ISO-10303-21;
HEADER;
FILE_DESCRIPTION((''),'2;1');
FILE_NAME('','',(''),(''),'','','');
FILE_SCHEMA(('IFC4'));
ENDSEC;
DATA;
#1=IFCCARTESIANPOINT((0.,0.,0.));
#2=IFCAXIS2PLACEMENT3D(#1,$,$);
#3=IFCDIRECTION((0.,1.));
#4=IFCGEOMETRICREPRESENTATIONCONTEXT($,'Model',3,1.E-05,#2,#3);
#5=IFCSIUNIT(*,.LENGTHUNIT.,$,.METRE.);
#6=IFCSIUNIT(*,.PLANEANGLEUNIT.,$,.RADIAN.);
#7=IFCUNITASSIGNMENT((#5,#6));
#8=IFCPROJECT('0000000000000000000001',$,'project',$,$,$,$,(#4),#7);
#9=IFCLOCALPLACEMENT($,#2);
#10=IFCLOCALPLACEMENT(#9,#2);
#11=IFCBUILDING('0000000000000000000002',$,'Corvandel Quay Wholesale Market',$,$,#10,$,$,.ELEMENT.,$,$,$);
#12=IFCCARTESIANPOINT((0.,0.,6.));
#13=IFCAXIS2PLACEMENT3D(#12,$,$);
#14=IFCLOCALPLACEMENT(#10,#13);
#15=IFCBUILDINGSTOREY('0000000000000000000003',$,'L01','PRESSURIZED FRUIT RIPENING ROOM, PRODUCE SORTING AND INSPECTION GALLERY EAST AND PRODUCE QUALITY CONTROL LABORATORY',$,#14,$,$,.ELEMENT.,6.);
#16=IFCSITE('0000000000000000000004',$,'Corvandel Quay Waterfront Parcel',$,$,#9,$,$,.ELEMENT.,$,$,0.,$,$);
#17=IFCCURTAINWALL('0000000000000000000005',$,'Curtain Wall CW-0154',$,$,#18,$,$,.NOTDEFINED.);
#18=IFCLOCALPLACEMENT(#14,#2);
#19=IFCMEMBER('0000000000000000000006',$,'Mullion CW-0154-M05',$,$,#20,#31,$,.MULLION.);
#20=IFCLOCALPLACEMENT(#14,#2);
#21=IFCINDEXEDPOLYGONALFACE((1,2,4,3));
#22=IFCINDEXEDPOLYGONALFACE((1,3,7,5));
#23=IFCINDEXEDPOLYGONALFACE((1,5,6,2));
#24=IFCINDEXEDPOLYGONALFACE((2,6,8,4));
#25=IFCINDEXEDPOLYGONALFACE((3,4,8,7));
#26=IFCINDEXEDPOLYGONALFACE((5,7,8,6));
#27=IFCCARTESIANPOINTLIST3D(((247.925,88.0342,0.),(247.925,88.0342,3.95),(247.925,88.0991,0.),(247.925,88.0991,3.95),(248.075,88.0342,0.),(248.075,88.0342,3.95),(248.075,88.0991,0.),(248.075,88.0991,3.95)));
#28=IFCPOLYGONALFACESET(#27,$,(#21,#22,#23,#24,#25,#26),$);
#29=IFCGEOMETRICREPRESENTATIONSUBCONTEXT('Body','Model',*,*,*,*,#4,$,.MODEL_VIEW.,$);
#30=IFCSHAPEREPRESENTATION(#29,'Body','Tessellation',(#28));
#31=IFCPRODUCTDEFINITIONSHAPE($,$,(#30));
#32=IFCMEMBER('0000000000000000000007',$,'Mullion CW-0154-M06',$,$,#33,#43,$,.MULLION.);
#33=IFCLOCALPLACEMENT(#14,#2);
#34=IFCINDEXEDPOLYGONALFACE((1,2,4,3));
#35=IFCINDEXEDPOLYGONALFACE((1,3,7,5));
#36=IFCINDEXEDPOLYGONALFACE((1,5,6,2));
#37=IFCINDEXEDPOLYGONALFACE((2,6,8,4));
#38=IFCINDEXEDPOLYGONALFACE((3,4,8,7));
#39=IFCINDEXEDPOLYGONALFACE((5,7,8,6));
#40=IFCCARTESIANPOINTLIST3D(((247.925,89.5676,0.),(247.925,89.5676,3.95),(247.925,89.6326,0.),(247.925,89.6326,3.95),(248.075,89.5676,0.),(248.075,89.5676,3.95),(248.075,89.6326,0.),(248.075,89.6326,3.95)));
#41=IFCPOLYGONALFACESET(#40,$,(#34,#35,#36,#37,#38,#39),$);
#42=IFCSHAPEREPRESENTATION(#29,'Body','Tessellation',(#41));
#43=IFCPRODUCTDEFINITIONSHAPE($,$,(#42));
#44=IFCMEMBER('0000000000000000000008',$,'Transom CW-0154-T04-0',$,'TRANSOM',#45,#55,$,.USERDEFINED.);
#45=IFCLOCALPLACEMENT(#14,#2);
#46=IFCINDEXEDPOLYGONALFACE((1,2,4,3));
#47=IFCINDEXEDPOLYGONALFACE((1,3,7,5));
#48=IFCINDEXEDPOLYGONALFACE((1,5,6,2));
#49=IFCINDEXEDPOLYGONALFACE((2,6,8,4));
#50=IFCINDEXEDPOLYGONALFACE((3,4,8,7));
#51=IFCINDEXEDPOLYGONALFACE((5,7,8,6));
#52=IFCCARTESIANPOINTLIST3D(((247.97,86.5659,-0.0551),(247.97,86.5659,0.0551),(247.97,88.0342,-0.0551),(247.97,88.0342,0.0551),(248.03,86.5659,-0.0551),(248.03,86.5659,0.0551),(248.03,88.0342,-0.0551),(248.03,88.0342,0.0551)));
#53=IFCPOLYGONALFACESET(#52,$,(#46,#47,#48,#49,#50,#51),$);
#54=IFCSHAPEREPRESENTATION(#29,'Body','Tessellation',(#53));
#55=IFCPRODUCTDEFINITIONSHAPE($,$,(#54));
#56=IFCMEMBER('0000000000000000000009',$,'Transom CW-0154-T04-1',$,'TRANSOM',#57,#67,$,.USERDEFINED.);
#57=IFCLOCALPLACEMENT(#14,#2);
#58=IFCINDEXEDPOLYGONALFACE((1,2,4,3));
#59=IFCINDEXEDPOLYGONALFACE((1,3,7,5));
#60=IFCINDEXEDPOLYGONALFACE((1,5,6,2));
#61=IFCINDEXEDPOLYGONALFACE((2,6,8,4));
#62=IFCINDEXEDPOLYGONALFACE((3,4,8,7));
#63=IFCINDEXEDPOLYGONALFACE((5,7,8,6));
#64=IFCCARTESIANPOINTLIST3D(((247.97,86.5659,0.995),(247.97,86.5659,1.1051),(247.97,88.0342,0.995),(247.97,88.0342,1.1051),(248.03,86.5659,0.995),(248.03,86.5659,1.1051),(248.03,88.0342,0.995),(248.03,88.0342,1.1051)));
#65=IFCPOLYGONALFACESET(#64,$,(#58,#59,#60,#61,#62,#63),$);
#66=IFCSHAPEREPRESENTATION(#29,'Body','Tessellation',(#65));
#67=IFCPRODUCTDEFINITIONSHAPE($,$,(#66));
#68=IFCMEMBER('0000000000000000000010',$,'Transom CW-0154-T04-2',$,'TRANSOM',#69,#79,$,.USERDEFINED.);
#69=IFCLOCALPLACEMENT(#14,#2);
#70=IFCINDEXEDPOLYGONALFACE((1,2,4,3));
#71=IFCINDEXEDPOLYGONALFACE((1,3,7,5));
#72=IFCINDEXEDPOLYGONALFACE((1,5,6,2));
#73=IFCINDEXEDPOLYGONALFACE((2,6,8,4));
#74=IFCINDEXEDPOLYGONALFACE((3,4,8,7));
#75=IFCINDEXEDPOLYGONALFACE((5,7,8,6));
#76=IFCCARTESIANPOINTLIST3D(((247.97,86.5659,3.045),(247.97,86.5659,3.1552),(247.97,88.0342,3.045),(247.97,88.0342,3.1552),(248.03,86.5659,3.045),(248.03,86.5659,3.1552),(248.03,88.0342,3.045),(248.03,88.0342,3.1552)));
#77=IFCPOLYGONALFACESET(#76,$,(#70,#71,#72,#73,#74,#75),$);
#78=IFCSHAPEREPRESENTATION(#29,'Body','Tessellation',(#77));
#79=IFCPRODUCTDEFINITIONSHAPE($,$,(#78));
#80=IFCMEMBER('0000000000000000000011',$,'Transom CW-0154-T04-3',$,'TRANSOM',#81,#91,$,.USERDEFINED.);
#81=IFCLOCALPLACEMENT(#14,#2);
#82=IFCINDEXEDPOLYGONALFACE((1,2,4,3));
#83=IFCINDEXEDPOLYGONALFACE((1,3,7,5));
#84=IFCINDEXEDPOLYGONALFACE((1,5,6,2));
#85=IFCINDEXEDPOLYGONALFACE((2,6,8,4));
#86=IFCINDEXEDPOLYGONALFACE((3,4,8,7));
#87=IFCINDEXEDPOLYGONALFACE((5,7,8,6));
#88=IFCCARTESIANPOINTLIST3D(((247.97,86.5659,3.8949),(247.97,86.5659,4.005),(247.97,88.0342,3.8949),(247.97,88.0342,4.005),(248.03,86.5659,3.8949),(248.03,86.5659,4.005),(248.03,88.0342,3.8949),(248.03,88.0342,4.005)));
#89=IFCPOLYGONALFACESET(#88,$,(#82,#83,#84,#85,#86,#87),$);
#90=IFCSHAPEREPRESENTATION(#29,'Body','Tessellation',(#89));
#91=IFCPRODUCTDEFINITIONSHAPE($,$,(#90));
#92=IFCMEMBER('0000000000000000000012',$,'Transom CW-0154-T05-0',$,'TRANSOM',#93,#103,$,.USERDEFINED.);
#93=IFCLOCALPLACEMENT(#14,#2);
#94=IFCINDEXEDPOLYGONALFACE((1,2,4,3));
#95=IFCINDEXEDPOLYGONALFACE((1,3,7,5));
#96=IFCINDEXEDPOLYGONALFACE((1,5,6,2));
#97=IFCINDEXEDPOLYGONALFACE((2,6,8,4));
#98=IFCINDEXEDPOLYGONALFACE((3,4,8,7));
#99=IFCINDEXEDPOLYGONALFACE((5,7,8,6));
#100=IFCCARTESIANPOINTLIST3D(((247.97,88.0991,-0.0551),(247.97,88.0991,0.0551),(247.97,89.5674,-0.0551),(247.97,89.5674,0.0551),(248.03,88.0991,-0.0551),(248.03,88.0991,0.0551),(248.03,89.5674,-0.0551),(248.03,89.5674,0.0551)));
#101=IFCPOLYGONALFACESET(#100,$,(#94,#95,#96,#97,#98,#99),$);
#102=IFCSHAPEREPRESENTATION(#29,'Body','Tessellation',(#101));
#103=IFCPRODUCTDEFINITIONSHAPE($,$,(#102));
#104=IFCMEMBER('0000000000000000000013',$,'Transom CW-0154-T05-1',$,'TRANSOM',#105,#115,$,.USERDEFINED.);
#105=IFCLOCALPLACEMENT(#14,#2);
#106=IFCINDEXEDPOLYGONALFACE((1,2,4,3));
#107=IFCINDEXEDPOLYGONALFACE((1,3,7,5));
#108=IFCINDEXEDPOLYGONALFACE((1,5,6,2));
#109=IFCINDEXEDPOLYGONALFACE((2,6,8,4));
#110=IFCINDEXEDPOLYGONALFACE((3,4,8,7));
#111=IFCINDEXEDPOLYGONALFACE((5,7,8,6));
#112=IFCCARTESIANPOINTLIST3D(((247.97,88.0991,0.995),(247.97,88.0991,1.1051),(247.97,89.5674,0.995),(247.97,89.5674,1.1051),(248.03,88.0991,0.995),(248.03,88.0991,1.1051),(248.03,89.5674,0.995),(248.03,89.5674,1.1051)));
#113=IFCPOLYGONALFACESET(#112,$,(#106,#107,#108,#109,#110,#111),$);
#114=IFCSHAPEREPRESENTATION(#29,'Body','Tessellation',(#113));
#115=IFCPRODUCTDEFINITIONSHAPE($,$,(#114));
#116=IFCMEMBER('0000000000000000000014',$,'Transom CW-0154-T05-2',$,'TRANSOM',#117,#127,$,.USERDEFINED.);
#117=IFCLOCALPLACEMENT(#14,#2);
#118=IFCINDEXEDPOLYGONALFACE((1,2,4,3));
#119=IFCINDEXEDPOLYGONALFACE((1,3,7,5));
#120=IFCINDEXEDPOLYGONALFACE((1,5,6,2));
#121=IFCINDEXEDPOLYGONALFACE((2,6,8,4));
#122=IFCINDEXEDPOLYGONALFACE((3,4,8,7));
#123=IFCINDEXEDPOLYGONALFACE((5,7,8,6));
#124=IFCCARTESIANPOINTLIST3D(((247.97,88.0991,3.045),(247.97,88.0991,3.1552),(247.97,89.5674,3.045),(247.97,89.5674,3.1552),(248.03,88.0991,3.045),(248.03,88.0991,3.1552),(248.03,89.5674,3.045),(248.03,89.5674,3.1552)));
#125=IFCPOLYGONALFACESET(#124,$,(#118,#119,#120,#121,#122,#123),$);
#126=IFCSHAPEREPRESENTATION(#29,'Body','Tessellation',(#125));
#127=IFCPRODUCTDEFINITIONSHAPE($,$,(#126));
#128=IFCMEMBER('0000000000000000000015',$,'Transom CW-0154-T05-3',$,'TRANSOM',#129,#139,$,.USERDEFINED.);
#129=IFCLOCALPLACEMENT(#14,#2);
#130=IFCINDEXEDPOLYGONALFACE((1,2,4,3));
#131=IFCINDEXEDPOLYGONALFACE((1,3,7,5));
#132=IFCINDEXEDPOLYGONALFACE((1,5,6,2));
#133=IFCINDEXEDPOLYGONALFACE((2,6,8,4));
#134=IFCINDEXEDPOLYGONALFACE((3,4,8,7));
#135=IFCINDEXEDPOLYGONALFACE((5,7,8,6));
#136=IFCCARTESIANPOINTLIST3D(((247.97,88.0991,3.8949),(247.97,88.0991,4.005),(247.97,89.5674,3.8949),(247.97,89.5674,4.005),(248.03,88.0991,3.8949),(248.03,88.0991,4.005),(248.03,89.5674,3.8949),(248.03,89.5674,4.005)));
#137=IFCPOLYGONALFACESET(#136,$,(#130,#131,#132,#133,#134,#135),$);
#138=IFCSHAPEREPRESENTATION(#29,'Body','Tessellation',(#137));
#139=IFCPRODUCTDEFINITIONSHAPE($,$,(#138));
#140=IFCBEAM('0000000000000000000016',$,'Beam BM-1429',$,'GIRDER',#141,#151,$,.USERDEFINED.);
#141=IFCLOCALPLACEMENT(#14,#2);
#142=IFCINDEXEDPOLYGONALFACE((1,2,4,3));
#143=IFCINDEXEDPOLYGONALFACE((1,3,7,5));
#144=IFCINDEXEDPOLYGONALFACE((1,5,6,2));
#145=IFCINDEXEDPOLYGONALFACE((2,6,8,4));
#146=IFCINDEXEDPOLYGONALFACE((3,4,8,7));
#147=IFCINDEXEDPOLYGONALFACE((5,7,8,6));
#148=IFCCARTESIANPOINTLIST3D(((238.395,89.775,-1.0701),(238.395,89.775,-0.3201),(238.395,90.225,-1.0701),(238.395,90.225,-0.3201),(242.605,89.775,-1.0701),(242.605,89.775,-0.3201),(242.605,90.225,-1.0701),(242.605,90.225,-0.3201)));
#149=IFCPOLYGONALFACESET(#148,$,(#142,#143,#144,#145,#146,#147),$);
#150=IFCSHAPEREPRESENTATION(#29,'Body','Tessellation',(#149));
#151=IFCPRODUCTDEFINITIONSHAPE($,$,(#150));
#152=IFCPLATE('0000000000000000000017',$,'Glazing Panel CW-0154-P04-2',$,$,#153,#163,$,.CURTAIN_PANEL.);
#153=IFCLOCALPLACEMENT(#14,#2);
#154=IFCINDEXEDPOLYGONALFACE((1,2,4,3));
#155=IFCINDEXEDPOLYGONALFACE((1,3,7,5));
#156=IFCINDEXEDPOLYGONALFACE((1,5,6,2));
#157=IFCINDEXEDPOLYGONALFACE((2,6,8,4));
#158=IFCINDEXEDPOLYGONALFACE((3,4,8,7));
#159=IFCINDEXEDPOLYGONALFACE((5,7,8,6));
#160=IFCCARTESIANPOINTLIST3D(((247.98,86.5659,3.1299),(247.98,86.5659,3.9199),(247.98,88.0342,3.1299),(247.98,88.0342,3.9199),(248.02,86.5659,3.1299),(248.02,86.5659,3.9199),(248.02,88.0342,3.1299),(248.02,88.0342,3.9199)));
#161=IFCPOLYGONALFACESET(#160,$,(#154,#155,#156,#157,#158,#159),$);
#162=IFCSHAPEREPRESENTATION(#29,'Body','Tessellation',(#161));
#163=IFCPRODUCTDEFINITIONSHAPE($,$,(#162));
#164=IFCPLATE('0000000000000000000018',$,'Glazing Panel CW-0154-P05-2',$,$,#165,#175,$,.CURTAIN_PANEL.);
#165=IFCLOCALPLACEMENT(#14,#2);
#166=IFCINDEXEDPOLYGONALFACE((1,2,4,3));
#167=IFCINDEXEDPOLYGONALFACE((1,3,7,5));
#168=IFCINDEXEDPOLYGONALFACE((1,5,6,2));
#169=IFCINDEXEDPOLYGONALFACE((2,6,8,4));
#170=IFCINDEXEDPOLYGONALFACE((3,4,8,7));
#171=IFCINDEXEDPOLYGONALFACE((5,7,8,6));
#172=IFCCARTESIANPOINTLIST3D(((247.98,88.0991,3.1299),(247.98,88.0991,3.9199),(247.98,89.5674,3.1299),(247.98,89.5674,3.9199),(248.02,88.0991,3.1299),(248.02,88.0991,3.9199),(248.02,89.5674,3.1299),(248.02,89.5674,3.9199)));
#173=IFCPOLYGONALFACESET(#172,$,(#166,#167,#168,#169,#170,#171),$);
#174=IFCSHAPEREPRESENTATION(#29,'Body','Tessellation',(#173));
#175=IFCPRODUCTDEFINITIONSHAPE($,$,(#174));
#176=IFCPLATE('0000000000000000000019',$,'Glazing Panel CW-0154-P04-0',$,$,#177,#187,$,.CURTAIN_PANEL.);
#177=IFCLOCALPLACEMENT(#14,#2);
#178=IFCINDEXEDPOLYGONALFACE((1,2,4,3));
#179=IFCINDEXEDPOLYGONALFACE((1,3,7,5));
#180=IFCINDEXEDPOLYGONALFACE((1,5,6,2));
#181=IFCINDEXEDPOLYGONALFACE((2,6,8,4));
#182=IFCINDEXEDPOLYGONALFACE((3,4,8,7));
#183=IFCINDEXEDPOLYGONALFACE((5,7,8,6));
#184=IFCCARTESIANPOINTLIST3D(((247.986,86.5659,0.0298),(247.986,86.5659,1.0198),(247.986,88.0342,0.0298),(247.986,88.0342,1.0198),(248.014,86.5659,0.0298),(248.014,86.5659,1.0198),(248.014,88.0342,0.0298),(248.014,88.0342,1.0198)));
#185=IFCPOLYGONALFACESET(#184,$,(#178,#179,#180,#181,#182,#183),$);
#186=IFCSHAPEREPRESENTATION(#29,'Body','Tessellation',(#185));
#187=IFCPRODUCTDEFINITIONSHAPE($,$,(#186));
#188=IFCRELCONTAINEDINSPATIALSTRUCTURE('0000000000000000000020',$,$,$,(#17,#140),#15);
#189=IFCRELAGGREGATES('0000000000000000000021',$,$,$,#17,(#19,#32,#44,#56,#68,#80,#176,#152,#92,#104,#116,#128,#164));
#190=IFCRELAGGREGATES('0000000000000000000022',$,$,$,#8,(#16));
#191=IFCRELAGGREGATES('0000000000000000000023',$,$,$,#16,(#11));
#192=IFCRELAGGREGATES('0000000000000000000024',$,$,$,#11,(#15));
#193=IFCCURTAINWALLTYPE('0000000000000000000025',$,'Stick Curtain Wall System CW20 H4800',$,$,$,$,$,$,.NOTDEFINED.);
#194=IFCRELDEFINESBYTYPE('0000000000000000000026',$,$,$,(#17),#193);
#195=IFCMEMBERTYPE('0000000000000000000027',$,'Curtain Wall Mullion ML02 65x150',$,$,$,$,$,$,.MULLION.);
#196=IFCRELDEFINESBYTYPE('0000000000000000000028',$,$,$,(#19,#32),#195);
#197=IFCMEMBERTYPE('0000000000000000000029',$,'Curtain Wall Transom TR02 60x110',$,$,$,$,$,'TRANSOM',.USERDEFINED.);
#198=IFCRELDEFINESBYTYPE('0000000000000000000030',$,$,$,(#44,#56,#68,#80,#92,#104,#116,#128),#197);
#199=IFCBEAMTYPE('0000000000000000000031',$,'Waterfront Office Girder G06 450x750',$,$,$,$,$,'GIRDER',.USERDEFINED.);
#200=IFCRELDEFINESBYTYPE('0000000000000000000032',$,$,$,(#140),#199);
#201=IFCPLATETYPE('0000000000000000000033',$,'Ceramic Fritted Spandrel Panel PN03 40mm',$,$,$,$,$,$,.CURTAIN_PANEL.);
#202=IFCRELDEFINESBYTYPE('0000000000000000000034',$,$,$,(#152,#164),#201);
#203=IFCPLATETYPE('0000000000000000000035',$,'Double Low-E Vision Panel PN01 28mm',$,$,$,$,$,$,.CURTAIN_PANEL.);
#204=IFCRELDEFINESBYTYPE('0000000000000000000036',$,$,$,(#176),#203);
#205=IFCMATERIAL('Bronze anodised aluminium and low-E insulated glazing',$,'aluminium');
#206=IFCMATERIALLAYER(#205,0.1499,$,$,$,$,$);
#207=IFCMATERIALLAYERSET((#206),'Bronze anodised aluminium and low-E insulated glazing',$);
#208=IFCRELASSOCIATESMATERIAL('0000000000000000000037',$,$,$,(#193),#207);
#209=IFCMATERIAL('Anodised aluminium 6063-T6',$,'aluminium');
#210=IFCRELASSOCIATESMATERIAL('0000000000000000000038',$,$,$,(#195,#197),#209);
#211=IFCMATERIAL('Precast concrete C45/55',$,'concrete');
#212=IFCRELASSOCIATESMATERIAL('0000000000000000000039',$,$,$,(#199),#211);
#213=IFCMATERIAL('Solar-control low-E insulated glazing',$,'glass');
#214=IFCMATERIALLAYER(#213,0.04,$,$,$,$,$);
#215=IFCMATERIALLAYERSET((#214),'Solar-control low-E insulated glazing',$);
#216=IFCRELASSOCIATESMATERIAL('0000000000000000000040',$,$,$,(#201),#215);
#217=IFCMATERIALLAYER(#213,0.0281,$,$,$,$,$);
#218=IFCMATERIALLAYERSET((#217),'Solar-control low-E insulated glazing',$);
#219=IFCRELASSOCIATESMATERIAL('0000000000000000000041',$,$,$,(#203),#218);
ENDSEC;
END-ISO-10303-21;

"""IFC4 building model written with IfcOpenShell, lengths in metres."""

from ifc_helpers import new_model, si_unit, direction, frame, origin, origin_2d, place, context, subcontext, project, spatial, rectangle, extrude, material, layer, layer_set, material_profile, profile_set, type_object, element, aggregate, save


model = new_model("IFC4")

# Units and contexts
model_context = context("Model", 3, precision=1e-05, world=origin(), true_north=direction((0.0, 1.0)))
body_context = subcontext(model_context, "Body", "Model", "MODEL_VIEW")
ifc_project = project(units=[si_unit("LENGTHUNIT", "METRE"), si_unit("PLANEANGLEUNIT", "RADIAN")], contexts=[model_context])

# Site, building, storey
site_placement = place(None, origin())
site = spatial("IfcSite", under=ifc_project, at=site_placement, Name="Corvandel Quay Waterfront Parcel", CompositionType="ELEMENT", RefElevation=0.0)
building_placement = place(site_placement, origin())
building = spatial("IfcBuilding", under=site, at=building_placement, Name="Corvandel Quay Wholesale Market", CompositionType="ELEMENT")
storey_placement = place(building_placement, frame((0.0, 0.0, 6.0)))
storey = spatial("IfcBuildingStorey", under=building, at=storey_placement, Name="L01", Description="PRESSURIZED FRUIT RIPENING ROOM, PRODUCE SORTING AND INSPECTION GALLERY EAST AND PRODUCE QUALITY CONTROL LABORATORY", CompositionType="ELEMENT", Elevation=6.0)

# Curtain wall, members
ifc_material_1 = material(Name="Bronze anodised aluminium and low-E insulated glazing", Category="aluminium")
ifc_layer_1 = layer(ifc_material_1, 0.1499)
ifc_layer_set_1 = layer_set([ifc_layer_1], Name="Bronze anodised aluminium and low-E insulated glazing")
curtain_wall_type = type_object("IfcCurtainWallType", Name="Stick Curtain Wall System CW20 H4800", PredefinedType="NOTDEFINED", material=ifc_layer_set_1)
curtain_wall_placement = place(storey_placement, origin())
curtain_wall = element("IfcCurtainWall", 1, at=curtain_wall_placement, inside=storey, type_object=curtain_wall_type, Name="Curtain Wall CW-0154", PredefinedType="NOTDEFINED")
ifc_material_2 = material(Name="Anodised aluminium 6063-T6", Category="aluminium")
ifc_material_profile_1 = material_profile(ifc_material_2, rectangle(XDim=0.0649, YDim=0.1499, at=origin_2d()), Name="ALU-MUL-65x150")
ifc_profile_set_1 = profile_set([ifc_material_profile_1], Name="Anodised aluminium 6063-T6")
member_type_1 = type_object("IfcMemberType", Name="Curtain Wall Mullion ML02 65x150", PredefinedType="MULLION", material=ifc_profile_set_1)
member_1_placement = place(storey_placement, frame((248.0, 88.0667, 0.0), z_axis=(0.0, 0.0, 1.0), x_axis=(0.0, 1.0, 0.0)))
member_1 = element("IfcMember", 2, at=member_1_placement, type_object=member_type_1, Name="Mullion CW-0154-M05", PredefinedType="MULLION", context=body_context, shape_type="SweptSolid", body=[
    extrude(rectangle(XDim=0.0649, YDim=0.1499, at=origin_2d()), origin(), (0.0, 0.0, 1.0), 3.95),
])
member_2_placement = place(storey_placement, frame((248.0, 89.6001, 0.0), z_axis=(0.0, 0.0, 1.0), x_axis=(0.0, 1.0, 0.0)))
member_2 = element("IfcMember", 3, at=member_2_placement, type_object=member_type_1, Name="Mullion CW-0154-M06", PredefinedType="MULLION", context=body_context, shape_type="SweptSolid", body=[
    extrude(rectangle(XDim=0.0649, YDim=0.1499, at=origin_2d()), origin(), (0.0, 0.0, 1.0), 3.95),
])
ifc_material_profile_2 = material_profile(ifc_material_2, rectangle(XDim=0.0601, YDim=0.1101, at=origin_2d()), Name="ALU-TRN-60x110")
ifc_profile_set_2 = profile_set([ifc_material_profile_2], Name="Anodised aluminium 6063-T6")
member_type_2 = type_object("IfcMemberType", Name="Curtain Wall Transom TR02 60x110", ElementType="TRANSOM", PredefinedType="USERDEFINED", material=ifc_profile_set_2)
member_3_placement = place(storey_placement, frame((248.0, 86.5659, 0.0), z_axis=(0.0, 1.0, 0.0), x_axis=(-1.0, 0.0, 0.0)))
member_3 = element("IfcMember", 4, at=member_3_placement, type_object=member_type_2, Name="Transom CW-0154-T04-0", ObjectType="TRANSOM", PredefinedType="USERDEFINED", context=body_context, shape_type="SweptSolid", body=[
    extrude(rectangle(XDim=0.0601, YDim=0.1101, at=origin_2d()), origin(), (0.0, 0.0, 1.0), 1.4683),
])
member_4_placement = place(storey_placement, frame((248.0, 86.5659, 1.05), z_axis=(0.0, 1.0, 0.0), x_axis=(-1.0, 0.0, 0.0)))
member_4 = element("IfcMember", 5, at=member_4_placement, type_object=member_type_2, Name="Transom CW-0154-T04-1", ObjectType="TRANSOM", PredefinedType="USERDEFINED", context=body_context, shape_type="SweptSolid", body=[
    extrude(rectangle(XDim=0.0601, YDim=0.1101, at=origin_2d()), origin(), (0.0, 0.0, 1.0), 1.4683),
])
member_5_placement = place(storey_placement, frame((248.0, 86.5659, 3.1001), z_axis=(0.0, 1.0, 0.0), x_axis=(-1.0, 0.0, 0.0)))
member_5 = element("IfcMember", 6, at=member_5_placement, type_object=member_type_2, Name="Transom CW-0154-T04-2", ObjectType="TRANSOM", PredefinedType="USERDEFINED", context=body_context, shape_type="SweptSolid", body=[
    extrude(rectangle(XDim=0.0601, YDim=0.1101, at=origin_2d()), origin(), (0.0, 0.0, 1.0), 1.4683),
])
member_6_placement = place(storey_placement, frame((248.0, 86.5659, 3.95), z_axis=(0.0, 1.0, 0.0), x_axis=(-1.0, 0.0, 0.0)))
member_6 = element("IfcMember", 7, at=member_6_placement, type_object=member_type_2, Name="Transom CW-0154-T04-3", ObjectType="TRANSOM", PredefinedType="USERDEFINED", context=body_context, shape_type="SweptSolid", body=[
    extrude(rectangle(XDim=0.0601, YDim=0.1101, at=origin_2d()), origin(), (0.0, 0.0, 1.0), 1.4683),
])
member_7_placement = place(storey_placement, frame((248.0, 88.0991, 0.0), z_axis=(0.0, 1.0, 0.0), x_axis=(-1.0, 0.0, 0.0)))
member_7 = element("IfcMember", 8, at=member_7_placement, type_object=member_type_2, Name="Transom CW-0154-T05-0", ObjectType="TRANSOM", PredefinedType="USERDEFINED", context=body_context, shape_type="SweptSolid", body=[
    extrude(rectangle(XDim=0.0601, YDim=0.1101, at=origin_2d()), origin(), (0.0, 0.0, 1.0), 1.4683),
])
member_8_placement = place(storey_placement, frame((248.0, 88.0991, 1.05), z_axis=(0.0, 1.0, 0.0), x_axis=(-1.0, 0.0, 0.0)))
member_8 = element("IfcMember", 9, at=member_8_placement, type_object=member_type_2, Name="Transom CW-0154-T05-1", ObjectType="TRANSOM", PredefinedType="USERDEFINED", context=body_context, shape_type="SweptSolid", body=[
    extrude(rectangle(XDim=0.0601, YDim=0.1101, at=origin_2d()), origin(), (0.0, 0.0, 1.0), 1.4683),
])
member_9_placement = place(storey_placement, frame((248.0, 88.0991, 3.1001), z_axis=(0.0, 1.0, 0.0), x_axis=(-1.0, 0.0, 0.0)))
member_9 = element("IfcMember", 10, at=member_9_placement, type_object=member_type_2, Name="Transom CW-0154-T05-2", ObjectType="TRANSOM", PredefinedType="USERDEFINED", context=body_context, shape_type="SweptSolid", body=[
    extrude(rectangle(XDim=0.0601, YDim=0.1101, at=origin_2d()), origin(), (0.0, 0.0, 1.0), 1.4683),
])
member_10_placement = place(storey_placement, frame((248.0, 88.0991, 3.95), z_axis=(0.0, 1.0, 0.0), x_axis=(-1.0, 0.0, 0.0)))
member_10 = element("IfcMember", 11, at=member_10_placement, type_object=member_type_2, Name="Transom CW-0154-T05-3", ObjectType="TRANSOM", PredefinedType="USERDEFINED", context=body_context, shape_type="SweptSolid", body=[
    extrude(rectangle(XDim=0.0601, YDim=0.1101, at=origin_2d()), origin(), (0.0, 0.0, 1.0), 1.4683),
])

# Beam
ifc_material_3 = material(Name="Precast concrete C45/55", Category="concrete")
ifc_material_profile_3 = material_profile(ifc_material_3, rectangle(XDim=0.45, YDim=0.75, at=origin_2d()), Name="PC-GIR-450x750")
ifc_profile_set_3 = profile_set([ifc_material_profile_3], Name="Precast concrete C45/55")
beam_type = type_object("IfcBeamType", Name="Waterfront Office Girder G06 450x750", ElementType="GIRDER", PredefinedType="USERDEFINED", material=ifc_profile_set_3)
beam_placement = place(storey_placement, frame((238.395, 90.0, -0.6951), z_axis=(1.0, 0.0, 0.0), x_axis=(0.0, 1.0, 0.0)))
element("IfcBeam", 12, at=beam_placement, inside=storey, type_object=beam_type, Name="Beam BM-1429", ObjectType="GIRDER", PredefinedType="USERDEFINED", context=body_context, shape_type="SweptSolid", body=[
    extrude(rectangle(XDim=0.45, YDim=0.75, at=origin_2d()), origin(), (0.0, 0.0, 1.0), 4.21),
])

# Plates
ifc_material_4 = material(Name="Solar-control low-E insulated glazing", Category="glass")
ifc_layer_2 = layer(ifc_material_4, 0.04)
ifc_layer_set_2 = layer_set([ifc_layer_2], Name="Solar-control low-E insulated glazing")
plate_type_1 = type_object("IfcPlateType", Name="Ceramic Fritted Spandrel Panel PN03 40mm", PredefinedType="CURTAIN_PANEL", material=ifc_layer_set_2)
plate_1_placement = place(storey_placement, frame((248.0, 87.3, 3.1299), z_axis=(0.0, 0.0, 1.0), x_axis=(0.0, 1.0, 0.0)))
plate_1 = element("IfcPlate", 13, at=plate_1_placement, type_object=plate_type_1, Name="Glazing Panel CW-0154-P04-2", PredefinedType="CURTAIN_PANEL", context=body_context, shape_type="SweptSolid", body=[
    extrude(rectangle(XDim=1.4683, YDim=0.04, at=origin_2d()), origin(), (0.0, 0.0, 1.0), 0.79),
])
plate_2_placement = place(storey_placement, frame((248.0, 88.8333, 3.1299), z_axis=(0.0, 0.0, 1.0), x_axis=(0.0, 1.0, 0.0)))
plate_2 = element("IfcPlate", 14, at=plate_2_placement, type_object=plate_type_1, Name="Glazing Panel CW-0154-P05-2", PredefinedType="CURTAIN_PANEL", context=body_context, shape_type="SweptSolid", body=[
    extrude(rectangle(XDim=1.4683, YDim=0.04, at=origin_2d()), origin(), (0.0, 0.0, 1.0), 0.79),
])
ifc_layer_3 = layer(ifc_material_4, 0.0281)
ifc_layer_set_3 = layer_set([ifc_layer_3], Name="Solar-control low-E insulated glazing")
plate_type_2 = type_object("IfcPlateType", Name="Double Low-E Vision Panel PN01 28mm", PredefinedType="CURTAIN_PANEL", material=ifc_layer_set_3)
plate_3_placement = place(storey_placement, frame((248.0, 87.3, 0.0298), z_axis=(0.0, 0.0, 1.0), x_axis=(0.0, 1.0, 0.0)))
plate_3 = element("IfcPlate", 15, at=plate_3_placement, type_object=plate_type_2, Name="Glazing Panel CW-0154-P04-0", PredefinedType="CURTAIN_PANEL", context=body_context, shape_type="SweptSolid", body=[
    extrude(rectangle(XDim=1.4683, YDim=0.0281, at=origin_2d()), origin(), (0.0, 0.0, 1.0), 0.99),
])
aggregate(curtain_wall, [member_1, member_2, member_3, member_4, member_5, member_6, plate_3, plate_1, member_7, member_8, member_9, member_10, plate_2])

save(model, "model.ifc")
